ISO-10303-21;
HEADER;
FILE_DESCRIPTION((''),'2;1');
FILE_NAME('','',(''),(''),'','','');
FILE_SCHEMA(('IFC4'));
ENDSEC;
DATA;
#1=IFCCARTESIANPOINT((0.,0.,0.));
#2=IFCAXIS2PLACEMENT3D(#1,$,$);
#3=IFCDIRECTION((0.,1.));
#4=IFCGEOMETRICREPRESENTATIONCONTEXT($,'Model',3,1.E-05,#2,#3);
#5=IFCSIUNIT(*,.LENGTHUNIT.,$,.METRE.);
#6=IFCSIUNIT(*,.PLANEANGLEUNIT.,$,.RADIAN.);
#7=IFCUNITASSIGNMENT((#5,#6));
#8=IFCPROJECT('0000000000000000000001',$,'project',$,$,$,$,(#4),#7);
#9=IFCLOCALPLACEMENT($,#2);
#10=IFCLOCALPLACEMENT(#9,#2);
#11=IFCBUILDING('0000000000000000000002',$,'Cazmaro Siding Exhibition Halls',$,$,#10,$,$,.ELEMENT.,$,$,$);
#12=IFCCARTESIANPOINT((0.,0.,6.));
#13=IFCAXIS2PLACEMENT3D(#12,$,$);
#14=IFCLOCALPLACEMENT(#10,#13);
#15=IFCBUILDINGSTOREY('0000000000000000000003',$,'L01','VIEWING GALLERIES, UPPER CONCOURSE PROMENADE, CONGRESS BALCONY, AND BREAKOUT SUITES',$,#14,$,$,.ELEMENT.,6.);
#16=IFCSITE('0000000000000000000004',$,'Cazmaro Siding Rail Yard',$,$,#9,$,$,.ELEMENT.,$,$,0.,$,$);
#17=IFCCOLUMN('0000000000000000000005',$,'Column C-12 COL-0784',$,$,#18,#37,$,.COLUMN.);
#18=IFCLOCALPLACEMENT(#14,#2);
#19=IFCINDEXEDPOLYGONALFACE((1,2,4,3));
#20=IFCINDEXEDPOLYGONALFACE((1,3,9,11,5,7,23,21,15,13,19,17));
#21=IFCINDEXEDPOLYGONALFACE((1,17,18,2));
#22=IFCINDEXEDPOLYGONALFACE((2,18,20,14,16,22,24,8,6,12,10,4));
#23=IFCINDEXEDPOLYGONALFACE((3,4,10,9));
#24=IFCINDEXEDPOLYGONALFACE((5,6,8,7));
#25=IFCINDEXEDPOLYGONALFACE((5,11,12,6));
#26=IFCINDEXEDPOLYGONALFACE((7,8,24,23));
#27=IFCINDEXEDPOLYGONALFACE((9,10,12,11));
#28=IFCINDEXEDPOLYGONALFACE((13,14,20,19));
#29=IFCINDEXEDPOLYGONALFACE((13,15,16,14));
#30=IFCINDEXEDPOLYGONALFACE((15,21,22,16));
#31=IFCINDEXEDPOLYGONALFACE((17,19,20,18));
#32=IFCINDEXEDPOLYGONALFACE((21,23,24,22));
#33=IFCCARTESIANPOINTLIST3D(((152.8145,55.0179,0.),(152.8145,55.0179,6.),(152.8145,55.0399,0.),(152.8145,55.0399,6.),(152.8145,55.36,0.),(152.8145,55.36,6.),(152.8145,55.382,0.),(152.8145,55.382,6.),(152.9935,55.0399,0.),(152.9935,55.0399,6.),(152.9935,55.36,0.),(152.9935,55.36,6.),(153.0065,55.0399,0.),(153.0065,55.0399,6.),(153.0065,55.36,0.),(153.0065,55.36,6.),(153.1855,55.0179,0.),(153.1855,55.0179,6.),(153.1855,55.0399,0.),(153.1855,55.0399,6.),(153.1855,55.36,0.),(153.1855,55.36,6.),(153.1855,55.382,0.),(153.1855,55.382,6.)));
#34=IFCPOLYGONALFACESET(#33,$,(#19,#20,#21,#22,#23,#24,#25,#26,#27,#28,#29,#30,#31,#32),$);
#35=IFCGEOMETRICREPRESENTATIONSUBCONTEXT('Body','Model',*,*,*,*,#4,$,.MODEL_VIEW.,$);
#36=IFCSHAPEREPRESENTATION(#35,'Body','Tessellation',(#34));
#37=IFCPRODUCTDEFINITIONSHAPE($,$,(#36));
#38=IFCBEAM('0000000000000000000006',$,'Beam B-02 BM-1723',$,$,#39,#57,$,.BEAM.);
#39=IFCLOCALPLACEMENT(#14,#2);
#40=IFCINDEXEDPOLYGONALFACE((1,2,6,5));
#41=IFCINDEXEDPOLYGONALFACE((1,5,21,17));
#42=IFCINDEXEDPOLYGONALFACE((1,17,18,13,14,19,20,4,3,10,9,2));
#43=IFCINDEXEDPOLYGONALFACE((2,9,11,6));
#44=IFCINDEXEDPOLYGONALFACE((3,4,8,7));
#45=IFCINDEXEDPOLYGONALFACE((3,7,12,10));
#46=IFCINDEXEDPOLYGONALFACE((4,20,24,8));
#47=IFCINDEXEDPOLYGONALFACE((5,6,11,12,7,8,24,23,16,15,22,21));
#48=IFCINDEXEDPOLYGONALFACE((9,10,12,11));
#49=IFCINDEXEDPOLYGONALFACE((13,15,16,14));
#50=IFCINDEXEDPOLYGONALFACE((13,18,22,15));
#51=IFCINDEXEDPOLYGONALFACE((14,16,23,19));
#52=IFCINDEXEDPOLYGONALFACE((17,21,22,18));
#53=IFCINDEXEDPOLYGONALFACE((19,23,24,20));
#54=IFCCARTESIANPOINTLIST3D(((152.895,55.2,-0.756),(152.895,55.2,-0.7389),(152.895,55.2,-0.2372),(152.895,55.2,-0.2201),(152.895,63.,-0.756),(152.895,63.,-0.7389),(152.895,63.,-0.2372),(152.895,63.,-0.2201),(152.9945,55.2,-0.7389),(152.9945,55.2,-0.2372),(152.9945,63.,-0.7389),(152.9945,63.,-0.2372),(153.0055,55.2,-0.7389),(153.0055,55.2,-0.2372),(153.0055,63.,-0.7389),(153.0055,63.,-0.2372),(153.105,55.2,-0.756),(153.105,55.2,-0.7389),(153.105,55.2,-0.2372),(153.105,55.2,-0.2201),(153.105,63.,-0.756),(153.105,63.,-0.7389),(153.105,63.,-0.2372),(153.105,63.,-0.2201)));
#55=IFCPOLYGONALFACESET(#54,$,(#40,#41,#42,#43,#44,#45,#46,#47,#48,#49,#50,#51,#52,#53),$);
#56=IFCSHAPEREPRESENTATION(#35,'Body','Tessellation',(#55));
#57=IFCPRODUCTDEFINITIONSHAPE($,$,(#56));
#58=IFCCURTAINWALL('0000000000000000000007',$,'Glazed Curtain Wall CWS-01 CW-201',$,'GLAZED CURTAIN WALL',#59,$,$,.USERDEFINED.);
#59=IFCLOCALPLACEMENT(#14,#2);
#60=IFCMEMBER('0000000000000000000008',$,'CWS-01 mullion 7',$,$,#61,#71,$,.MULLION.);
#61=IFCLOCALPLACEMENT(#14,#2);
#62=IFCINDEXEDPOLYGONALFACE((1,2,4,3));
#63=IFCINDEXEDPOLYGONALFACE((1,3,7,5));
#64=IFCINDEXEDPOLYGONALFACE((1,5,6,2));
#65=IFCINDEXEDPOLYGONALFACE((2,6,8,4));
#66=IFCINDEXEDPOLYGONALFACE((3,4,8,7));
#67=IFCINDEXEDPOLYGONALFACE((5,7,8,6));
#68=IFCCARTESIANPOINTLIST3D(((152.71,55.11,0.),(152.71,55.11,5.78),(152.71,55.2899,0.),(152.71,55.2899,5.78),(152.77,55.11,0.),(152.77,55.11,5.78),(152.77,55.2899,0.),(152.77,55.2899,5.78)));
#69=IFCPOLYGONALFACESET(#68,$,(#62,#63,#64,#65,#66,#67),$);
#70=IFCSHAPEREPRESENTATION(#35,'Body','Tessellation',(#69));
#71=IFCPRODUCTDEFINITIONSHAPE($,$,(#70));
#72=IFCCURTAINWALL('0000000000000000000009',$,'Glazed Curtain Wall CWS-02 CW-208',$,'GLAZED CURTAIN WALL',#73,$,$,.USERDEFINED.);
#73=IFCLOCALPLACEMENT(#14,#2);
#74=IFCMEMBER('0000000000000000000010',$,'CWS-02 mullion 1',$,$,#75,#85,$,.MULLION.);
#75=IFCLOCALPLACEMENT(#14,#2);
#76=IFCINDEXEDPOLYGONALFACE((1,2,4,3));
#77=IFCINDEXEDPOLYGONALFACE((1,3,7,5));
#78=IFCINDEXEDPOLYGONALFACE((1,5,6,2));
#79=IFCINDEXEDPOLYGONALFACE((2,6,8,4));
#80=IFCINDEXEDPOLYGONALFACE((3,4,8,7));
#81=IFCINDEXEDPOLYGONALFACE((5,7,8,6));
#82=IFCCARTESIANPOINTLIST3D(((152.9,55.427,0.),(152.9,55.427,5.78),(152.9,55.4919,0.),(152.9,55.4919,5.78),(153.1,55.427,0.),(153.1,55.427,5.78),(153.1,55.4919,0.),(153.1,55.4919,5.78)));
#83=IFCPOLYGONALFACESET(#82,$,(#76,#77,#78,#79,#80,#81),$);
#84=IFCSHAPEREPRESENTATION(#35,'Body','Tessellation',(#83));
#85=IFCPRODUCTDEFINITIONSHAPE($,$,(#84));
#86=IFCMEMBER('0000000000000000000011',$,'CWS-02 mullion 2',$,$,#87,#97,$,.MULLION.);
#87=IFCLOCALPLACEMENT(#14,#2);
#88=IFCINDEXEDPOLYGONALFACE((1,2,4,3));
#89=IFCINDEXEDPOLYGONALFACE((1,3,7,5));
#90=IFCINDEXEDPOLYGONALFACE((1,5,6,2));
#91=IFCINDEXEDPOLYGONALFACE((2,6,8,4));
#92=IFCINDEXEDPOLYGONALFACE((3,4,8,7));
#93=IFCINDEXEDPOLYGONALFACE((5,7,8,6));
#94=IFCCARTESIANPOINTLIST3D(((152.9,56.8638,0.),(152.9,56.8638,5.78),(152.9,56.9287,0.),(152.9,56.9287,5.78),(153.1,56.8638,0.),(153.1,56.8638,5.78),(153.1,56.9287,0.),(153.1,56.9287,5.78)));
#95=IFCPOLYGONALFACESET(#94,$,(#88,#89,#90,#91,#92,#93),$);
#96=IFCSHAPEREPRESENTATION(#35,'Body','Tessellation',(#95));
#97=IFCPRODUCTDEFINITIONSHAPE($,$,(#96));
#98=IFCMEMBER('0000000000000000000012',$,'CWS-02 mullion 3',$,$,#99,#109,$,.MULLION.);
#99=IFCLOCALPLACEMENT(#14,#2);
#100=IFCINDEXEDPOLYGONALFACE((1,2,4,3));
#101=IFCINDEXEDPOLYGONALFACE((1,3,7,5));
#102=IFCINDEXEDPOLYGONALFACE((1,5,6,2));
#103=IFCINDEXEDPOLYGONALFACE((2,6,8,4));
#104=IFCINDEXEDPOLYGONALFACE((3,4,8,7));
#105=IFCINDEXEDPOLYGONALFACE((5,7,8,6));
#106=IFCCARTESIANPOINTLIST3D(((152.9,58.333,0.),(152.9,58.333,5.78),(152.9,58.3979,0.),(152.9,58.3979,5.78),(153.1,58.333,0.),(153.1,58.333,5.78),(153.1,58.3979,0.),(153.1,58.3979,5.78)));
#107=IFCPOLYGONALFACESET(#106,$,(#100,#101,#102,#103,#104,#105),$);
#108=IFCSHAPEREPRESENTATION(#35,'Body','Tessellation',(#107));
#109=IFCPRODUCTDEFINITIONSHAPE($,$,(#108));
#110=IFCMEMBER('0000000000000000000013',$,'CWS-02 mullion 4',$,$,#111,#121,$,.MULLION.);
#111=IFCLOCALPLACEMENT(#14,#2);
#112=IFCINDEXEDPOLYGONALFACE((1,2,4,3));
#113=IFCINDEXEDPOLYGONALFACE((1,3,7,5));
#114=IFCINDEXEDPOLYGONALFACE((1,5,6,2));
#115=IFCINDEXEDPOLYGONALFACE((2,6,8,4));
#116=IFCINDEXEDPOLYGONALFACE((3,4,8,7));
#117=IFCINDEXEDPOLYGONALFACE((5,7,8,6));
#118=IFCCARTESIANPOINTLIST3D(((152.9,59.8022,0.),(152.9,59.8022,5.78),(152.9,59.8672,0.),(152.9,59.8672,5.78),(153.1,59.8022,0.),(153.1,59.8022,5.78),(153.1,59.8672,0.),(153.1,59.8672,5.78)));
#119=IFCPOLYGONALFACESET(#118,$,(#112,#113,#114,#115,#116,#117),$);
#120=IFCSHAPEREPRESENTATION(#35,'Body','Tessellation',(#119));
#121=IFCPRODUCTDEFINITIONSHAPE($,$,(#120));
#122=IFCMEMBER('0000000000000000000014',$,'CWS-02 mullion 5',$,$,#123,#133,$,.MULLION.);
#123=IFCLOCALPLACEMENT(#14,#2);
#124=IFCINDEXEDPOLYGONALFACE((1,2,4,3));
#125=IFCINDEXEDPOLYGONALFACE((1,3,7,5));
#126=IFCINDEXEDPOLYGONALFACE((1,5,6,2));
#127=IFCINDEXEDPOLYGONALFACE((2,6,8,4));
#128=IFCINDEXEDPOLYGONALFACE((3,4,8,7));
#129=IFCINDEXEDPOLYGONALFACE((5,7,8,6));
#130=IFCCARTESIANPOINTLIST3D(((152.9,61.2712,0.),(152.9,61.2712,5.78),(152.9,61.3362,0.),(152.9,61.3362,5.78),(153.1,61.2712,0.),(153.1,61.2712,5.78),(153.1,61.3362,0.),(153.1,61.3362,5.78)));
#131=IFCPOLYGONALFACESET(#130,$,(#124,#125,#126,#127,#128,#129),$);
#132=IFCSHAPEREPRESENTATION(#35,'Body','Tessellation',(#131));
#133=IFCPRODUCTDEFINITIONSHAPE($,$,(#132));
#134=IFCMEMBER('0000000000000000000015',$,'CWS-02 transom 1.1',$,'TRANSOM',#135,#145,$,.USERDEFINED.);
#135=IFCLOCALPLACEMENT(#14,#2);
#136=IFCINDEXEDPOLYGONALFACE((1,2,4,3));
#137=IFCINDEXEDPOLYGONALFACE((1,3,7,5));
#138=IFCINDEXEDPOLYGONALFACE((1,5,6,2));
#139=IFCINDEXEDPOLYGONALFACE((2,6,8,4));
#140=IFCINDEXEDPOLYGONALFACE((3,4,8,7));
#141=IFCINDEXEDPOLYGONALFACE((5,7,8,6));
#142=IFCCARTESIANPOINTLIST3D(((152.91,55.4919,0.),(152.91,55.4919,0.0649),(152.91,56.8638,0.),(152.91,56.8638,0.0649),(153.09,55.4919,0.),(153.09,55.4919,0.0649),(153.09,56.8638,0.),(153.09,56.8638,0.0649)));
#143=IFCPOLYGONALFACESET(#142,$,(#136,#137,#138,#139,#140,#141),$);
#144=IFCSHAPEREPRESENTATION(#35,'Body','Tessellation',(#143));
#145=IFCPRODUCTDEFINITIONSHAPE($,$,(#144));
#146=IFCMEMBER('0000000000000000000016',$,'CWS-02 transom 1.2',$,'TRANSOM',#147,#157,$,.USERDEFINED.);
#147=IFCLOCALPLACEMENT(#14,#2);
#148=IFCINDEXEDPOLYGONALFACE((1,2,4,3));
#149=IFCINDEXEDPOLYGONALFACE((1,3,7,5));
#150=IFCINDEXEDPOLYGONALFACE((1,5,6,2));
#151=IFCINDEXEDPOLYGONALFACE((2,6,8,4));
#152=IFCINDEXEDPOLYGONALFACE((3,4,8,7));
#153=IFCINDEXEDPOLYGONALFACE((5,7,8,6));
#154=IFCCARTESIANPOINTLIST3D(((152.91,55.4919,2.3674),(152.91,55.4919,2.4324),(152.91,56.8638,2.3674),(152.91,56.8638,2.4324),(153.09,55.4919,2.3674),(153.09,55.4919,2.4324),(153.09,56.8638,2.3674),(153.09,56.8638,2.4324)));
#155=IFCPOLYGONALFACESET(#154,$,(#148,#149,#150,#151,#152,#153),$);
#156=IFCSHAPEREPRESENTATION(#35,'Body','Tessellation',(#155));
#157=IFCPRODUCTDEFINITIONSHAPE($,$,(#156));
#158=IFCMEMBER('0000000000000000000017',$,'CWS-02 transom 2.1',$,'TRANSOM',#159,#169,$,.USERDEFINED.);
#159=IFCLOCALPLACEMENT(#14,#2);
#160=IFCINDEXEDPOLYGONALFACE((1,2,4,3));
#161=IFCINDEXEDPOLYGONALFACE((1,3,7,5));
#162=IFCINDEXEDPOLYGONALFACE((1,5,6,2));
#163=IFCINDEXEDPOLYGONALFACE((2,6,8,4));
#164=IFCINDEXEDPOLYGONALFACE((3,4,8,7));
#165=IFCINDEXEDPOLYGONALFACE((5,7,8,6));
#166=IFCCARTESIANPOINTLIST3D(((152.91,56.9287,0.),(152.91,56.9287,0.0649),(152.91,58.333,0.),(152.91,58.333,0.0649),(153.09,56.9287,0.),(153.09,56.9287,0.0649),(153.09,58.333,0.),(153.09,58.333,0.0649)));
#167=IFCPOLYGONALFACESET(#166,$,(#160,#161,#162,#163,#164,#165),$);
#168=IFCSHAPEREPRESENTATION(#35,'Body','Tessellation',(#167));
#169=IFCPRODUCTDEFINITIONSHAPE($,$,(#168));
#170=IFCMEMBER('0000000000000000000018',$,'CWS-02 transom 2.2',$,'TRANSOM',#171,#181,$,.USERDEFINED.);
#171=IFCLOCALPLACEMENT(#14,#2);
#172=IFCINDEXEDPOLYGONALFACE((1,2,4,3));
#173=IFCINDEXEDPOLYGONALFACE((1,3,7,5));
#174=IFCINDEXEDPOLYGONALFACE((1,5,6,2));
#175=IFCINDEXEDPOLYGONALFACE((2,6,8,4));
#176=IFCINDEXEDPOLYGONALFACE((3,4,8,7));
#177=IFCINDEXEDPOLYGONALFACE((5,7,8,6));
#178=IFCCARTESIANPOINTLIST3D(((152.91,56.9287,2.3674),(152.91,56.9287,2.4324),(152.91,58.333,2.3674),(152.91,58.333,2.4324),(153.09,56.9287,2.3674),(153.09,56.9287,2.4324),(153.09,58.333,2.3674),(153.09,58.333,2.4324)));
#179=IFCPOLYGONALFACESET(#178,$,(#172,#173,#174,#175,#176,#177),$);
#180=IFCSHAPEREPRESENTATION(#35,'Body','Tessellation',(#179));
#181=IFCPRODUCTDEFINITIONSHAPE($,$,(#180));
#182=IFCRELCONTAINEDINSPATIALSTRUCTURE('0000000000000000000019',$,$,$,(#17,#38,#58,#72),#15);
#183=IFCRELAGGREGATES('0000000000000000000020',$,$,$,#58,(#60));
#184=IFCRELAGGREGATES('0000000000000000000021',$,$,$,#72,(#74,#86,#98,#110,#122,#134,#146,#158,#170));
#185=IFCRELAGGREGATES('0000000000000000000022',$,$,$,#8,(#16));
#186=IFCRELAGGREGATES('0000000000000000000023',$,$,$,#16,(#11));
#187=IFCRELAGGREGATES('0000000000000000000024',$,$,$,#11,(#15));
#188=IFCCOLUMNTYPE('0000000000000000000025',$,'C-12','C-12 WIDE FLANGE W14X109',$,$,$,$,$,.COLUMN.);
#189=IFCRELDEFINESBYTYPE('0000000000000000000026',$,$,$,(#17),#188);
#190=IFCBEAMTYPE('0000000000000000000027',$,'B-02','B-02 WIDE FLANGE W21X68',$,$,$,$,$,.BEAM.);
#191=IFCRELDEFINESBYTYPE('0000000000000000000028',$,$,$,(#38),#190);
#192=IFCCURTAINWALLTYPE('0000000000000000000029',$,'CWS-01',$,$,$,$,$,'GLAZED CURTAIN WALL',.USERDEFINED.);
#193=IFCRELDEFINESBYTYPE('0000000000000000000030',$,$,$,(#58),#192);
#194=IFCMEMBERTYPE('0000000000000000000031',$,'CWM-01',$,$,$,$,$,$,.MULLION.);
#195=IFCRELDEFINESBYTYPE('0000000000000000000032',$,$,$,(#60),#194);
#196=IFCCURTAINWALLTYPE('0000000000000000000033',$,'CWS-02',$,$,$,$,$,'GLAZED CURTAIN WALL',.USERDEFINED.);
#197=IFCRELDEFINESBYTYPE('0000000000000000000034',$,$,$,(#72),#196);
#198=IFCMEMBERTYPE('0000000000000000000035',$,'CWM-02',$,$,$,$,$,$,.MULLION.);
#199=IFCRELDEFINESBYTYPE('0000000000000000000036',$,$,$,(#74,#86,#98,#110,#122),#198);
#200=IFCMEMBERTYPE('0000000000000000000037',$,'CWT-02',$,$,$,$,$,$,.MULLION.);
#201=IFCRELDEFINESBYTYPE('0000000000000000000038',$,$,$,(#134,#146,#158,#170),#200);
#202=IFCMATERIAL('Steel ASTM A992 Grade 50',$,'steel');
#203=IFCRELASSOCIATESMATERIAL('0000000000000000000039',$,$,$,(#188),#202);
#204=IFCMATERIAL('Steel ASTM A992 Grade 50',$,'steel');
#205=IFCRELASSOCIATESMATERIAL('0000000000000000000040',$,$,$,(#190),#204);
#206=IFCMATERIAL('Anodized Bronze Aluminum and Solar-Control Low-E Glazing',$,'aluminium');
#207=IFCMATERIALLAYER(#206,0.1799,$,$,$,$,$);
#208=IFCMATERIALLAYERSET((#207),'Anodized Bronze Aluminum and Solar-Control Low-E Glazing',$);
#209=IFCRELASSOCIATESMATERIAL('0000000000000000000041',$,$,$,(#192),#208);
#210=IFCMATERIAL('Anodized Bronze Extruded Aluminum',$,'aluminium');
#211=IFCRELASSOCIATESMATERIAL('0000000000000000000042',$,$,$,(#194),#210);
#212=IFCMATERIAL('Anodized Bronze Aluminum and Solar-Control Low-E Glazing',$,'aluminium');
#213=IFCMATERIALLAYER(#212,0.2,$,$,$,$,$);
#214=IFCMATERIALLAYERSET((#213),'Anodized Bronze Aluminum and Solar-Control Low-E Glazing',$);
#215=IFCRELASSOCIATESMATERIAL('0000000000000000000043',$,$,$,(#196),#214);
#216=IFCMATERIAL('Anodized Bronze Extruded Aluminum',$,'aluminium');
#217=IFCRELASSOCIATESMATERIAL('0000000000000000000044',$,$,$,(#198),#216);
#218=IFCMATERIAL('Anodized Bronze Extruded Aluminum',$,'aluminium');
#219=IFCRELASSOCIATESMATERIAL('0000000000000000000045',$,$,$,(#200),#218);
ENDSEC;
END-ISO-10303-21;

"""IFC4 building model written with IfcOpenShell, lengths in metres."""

from ifc_helpers import new_model, si_unit, direction, frame, origin, origin_2d, place, context, subcontext, project, spatial, rectangle, i_section, extrude, material, layer, layer_set, material_profile, profile_set, type_object, element, aggregate, save


model = new_model("IFC4")

# Units and contexts
model_context = context("Model", 3, precision=1e-05, world=origin(), true_north=direction((0.0, 1.0)))
body_context = subcontext(model_context, "Body", "Model", "MODEL_VIEW")
ifc_project = project(units=[si_unit("LENGTHUNIT", "METRE"), si_unit("PLANEANGLEUNIT", "RADIAN")], contexts=[model_context])

# Site, building, storey
site_placement = place(None, origin())
site = spatial("IfcSite", under=ifc_project, at=site_placement, Name="Cazmaro Siding Rail Yard", CompositionType="ELEMENT", RefElevation=0.0)
building_placement = place(site_placement, origin())
building = spatial("IfcBuilding", under=site, at=building_placement, Name="Cazmaro Siding Exhibition Halls", CompositionType="ELEMENT")
storey_placement = place(building_placement, frame((0.0, 0.0, 6.0)))
storey = spatial("IfcBuildingStorey", under=building, at=storey_placement, Name="L01", Description="VIEWING GALLERIES, UPPER CONCOURSE PROMENADE, CONGRESS BALCONY, AND BREAKOUT SUITES", CompositionType="ELEMENT", Elevation=6.0)

# Column
ifc_material_1 = material(Name="Steel ASTM A992 Grade 50", Category="steel")
ifc_material_profile_1 = material_profile(ifc_material_1, i_section(OverallWidth=0.3711, OverallDepth=0.364, WebThickness=0.0129, FlangeThickness=0.022, at=origin_2d()), Name="W14X109")
ifc_profile_set_1 = profile_set([ifc_material_profile_1], Name="Steel ASTM A992 Grade 50")
column_type = type_object("IfcColumnType", Name="C-12", Description="C-12 WIDE FLANGE W14X109", PredefinedType="COLUMN", material=ifc_profile_set_1)
column_placement = place(storey_placement, frame((153.0, 55.2, 0.0), z_axis=(0.0, 0.0, 1.0), x_axis=(1.0, 0.0, 0.0)))
element("IfcColumn", 1, at=column_placement, inside=storey, type_object=column_type, Name="Column C-12 COL-0784", PredefinedType="COLUMN", context=body_context, shape_type="SweptSolid", body=[
    extrude(i_section(OverallWidth=0.3711, OverallDepth=0.364, WebThickness=0.0129, FlangeThickness=0.022, at=origin_2d()), origin(), (0.0, 0.0, 1.0), 6.0),
])

# Beam
ifc_material_2 = material(Name="Steel ASTM A992 Grade 50", Category="steel")
ifc_material_profile_2 = material_profile(ifc_material_2, i_section(OverallWidth=0.21, OverallDepth=0.5359, WebThickness=0.011, FlangeThickness=0.0171, at=origin_2d()), Name="W21X68")
ifc_profile_set_2 = profile_set([ifc_material_profile_2], Name="Steel ASTM A992 Grade 50")
beam_type_1 = type_object("IfcBeamType", Name="B-02", Description="B-02 WIDE FLANGE W21X68", PredefinedType="BEAM", material=ifc_profile_set_2)
beam_1_placement = place(storey_placement, frame((153.0, 55.2, -0.488), z_axis=(0.0, 1.0, 0.0), x_axis=(-1.0, 0.0, 0.0)))
element("IfcBeam", 2, at=beam_1_placement, inside=storey, type_object=beam_type_1, Name="Beam B-02 BM-1723", PredefinedType="BEAM", context=body_context, shape_type="SweptSolid", body=[
    extrude(i_section(OverallWidth=0.21, OverallDepth=0.5359, WebThickness=0.011, FlangeThickness=0.0171, at=origin_2d()), origin(), (0.0, 0.0, 1.0), 7.8),
])

# Curtain wall, member
ifc_material_3 = material(Name="Anodized Bronze Aluminum and Solar-Control Low-E Glazing", Category="aluminium")
ifc_layer_1 = layer(ifc_material_3, 0.1799)
ifc_layer_set_1 = layer_set([ifc_layer_1], Name="Anodized Bronze Aluminum and Solar-Control Low-E Glazing")
curtain_wall_type_1 = type_object("IfcCurtainWallType", Name="CWS-01", ElementType="GLAZED CURTAIN WALL", PredefinedType="USERDEFINED", material=ifc_layer_set_1)
curtain_wall_1_placement = place(storey_placement, origin())
curtain_wall_1 = element("IfcCurtainWall", 3, at=curtain_wall_1_placement, inside=storey, type_object=curtain_wall_type_1, Name="Glazed Curtain Wall CWS-01 CW-201", ObjectType="GLAZED CURTAIN WALL", PredefinedType="USERDEFINED")
ifc_material_4 = material(Name="Anodized Bronze Extruded Aluminum", Category="aluminium")
ifc_material_profile_3 = material_profile(ifc_material_4, rectangle(XDim=0.1799, YDim=0.0601, at=origin_2d()), Name="CWM-01")
ifc_profile_set_3 = profile_set([ifc_material_profile_3], Name="Anodized Bronze Extruded Aluminum")
member_type_1 = type_object("IfcMemberType", Name="CWM-01", PredefinedType="MULLION", material=ifc_profile_set_3)
member_1_placement = place(storey_placement, frame((152.74, 55.2, 0.0), z_axis=(0.0, 0.0, 1.0), x_axis=(0.0, 1.0, 0.0)))
member_1 = element("IfcMember", 4, at=member_1_placement, type_object=member_type_1, Name="CWS-01 mullion 7", PredefinedType="MULLION", context=body_context, shape_type="SweptSolid", body=[
    extrude(rectangle(XDim=0.1799, YDim=0.0601, at=origin_2d()), origin(), (0.0, 0.0, 1.0), 5.78),
])

# Curtain wall, members
ifc_material_5 = material(Name="Anodized Bronze Aluminum and Solar-Control Low-E Glazing", Category="aluminium")
ifc_layer_2 = layer(ifc_material_5, 0.2)
ifc_layer_set_2 = layer_set([ifc_layer_2], Name="Anodized Bronze Aluminum and Solar-Control Low-E Glazing")
curtain_wall_type_2 = type_object("IfcCurtainWallType", Name="CWS-02", ElementType="GLAZED CURTAIN WALL", PredefinedType="USERDEFINED", material=ifc_layer_set_2)
curtain_wall_2_placement = place(storey_placement, origin())
curtain_wall_2 = element("IfcCurtainWall", 5, at=curtain_wall_2_placement, inside=storey, type_object=curtain_wall_type_2, Name="Glazed Curtain Wall CWS-02 CW-208", ObjectType="GLAZED CURTAIN WALL", PredefinedType="USERDEFINED")
ifc_material_6 = material(Name="Anodized Bronze Extruded Aluminum", Category="aluminium")
ifc_material_profile_4 = material_profile(ifc_material_6, rectangle(XDim=0.2, YDim=0.0649, at=origin_2d()), Name="CWM-02")
ifc_profile_set_4 = profile_set([ifc_material_profile_4], Name="Anodized Bronze Extruded Aluminum")
member_type_2 = type_object("IfcMemberType", Name="CWM-02", PredefinedType="MULLION", material=ifc_profile_set_4)
member_2_placement = place(storey_placement, frame((153.0, 55.4595, 0.0), z_axis=(0.0, 0.0, 1.0), x_axis=(-1.0, 0.0, 0.0)))
member_2 = element("IfcMember", 6, at=member_2_placement, type_object=member_type_2, Name="CWS-02 mullion 1", PredefinedType="MULLION", context=body_context, shape_type="SweptSolid", body=[
    extrude(rectangle(XDim=0.2, YDim=0.0649, at=origin_2d()), origin(), (0.0, 0.0, 1.0), 5.78),
])
member_3_placement = place(storey_placement, frame((153.0, 56.8962, 0.0), z_axis=(0.0, 0.0, 1.0), x_axis=(-1.0, 0.0, 0.0)))
member_3 = element("IfcMember", 7, at=member_3_placement, type_object=member_type_2, Name="CWS-02 mullion 2", PredefinedType="MULLION", context=body_context, shape_type="SweptSolid", body=[
    extrude(rectangle(XDim=0.2, YDim=0.0649, at=origin_2d()), origin(), (0.0, 0.0, 1.0), 5.78),
])
member_4_placement = place(storey_placement, frame((153.0, 58.3655, 0.0), z_axis=(0.0, 0.0, 1.0), x_axis=(-1.0, 0.0, 0.0)))
member_4 = element("IfcMember", 8, at=member_4_placement, type_object=member_type_2, Name="CWS-02 mullion 3", PredefinedType="MULLION", context=body_context, shape_type="SweptSolid", body=[
    extrude(rectangle(XDim=0.2, YDim=0.0649, at=origin_2d()), origin(), (0.0, 0.0, 1.0), 5.78),
])
member_5_placement = place(storey_placement, frame((153.0, 59.8347, 0.0), z_axis=(0.0, 0.0, 1.0), x_axis=(-1.0, 0.0, 0.0)))
member_5 = element("IfcMember", 9, at=member_5_placement, type_object=member_type_2, Name="CWS-02 mullion 4", PredefinedType="MULLION", context=body_context, shape_type="SweptSolid", body=[
    extrude(rectangle(XDim=0.2, YDim=0.0649, at=origin_2d()), origin(), (0.0, 0.0, 1.0), 5.78),
])
member_6_placement = place(storey_placement, frame((153.0, 61.3037, 0.0), z_axis=(0.0, 0.0, 1.0), x_axis=(-1.0, 0.0, 0.0)))
member_6 = element("IfcMember", 10, at=member_6_placement, type_object=member_type_2, Name="CWS-02 mullion 5", PredefinedType="MULLION", context=body_context, shape_type="SweptSolid", body=[
    extrude(rectangle(XDim=0.2, YDim=0.0649, at=origin_2d()), origin(), (0.0, 0.0, 1.0), 5.78),
])
ifc_material_7 = material(Name="Anodized Bronze Extruded Aluminum", Category="aluminium")
ifc_material_profile_5 = material_profile(ifc_material_7, rectangle(XDim=0.1799, YDim=0.0649, at=origin_2d()), Name="CWT-02")
ifc_profile_set_5 = profile_set([ifc_material_profile_5], Name="Anodized Bronze Extruded Aluminum")
member_type_3 = type_object("IfcMemberType", Name="CWT-02", PredefinedType="MULLION", material=ifc_profile_set_5)
member_7_placement = place(storey_placement, frame((153.0, 55.4919, 0.0325), z_axis=(0.0, 1.0, 0.0), x_axis=(-1.0, 0.0, 0.0)))
member_7 = element("IfcMember", 11, at=member_7_placement, type_object=member_type_3, Name="CWS-02 transom 1.1", ObjectType="TRANSOM", PredefinedType="USERDEFINED", context=body_context, shape_type="SweptSolid", body=[
    extrude(rectangle(XDim=0.1799, YDim=0.0649, at=origin_2d()), origin(), (0.0, 0.0, 1.0), 1.3718),
])
member_8_placement = place(storey_placement, frame((153.0, 55.4919, 2.3999), z_axis=(0.0, 1.0, 0.0), x_axis=(-1.0, 0.0, 0.0)))
member_8 = element("IfcMember", 12, at=member_8_placement, type_object=member_type_3, Name="CWS-02 transom 1.2", ObjectType="TRANSOM", PredefinedType="USERDEFINED", context=body_context, shape_type="SweptSolid", body=[
    extrude(rectangle(XDim=0.1799, YDim=0.0649, at=origin_2d()), origin(), (0.0, 0.0, 1.0), 1.3718),
])
member_9_placement = place(storey_placement, frame((153.0, 56.9287, 0.0325), z_axis=(0.0, 1.0, 0.0), x_axis=(-1.0, 0.0, 0.0)))
member_9 = element("IfcMember", 13, at=member_9_placement, type_object=member_type_3, Name="CWS-02 transom 2.1", ObjectType="TRANSOM", PredefinedType="USERDEFINED", context=body_context, shape_type="SweptSolid", body=[
    extrude(rectangle(XDim=0.1799, YDim=0.0649, at=origin_2d()), origin(), (0.0, 0.0, 1.0), 1.4043),
])
member_10_placement = place(storey_placement, frame((153.0, 56.9287, 2.3999), z_axis=(0.0, 1.0, 0.0), x_axis=(-1.0, 0.0, 0.0)))
member_10 = element("IfcMember", 14, at=member_10_placement, type_object=member_type_3, Name="CWS-02 transom 2.2", ObjectType="TRANSOM", PredefinedType="USERDEFINED", context=body_context, shape_type="SweptSolid", body=[
    extrude(rectangle(XDim=0.1799, YDim=0.0649, at=origin_2d()), origin(), (0.0, 0.0, 1.0), 1.4043),
])

aggregate(curtain_wall_1, [member_1])
aggregate(curtain_wall_2, [member_2, member_3, member_4, member_5, member_6, member_7, member_8, member_9, member_10])

save(model, "model.ifc")
